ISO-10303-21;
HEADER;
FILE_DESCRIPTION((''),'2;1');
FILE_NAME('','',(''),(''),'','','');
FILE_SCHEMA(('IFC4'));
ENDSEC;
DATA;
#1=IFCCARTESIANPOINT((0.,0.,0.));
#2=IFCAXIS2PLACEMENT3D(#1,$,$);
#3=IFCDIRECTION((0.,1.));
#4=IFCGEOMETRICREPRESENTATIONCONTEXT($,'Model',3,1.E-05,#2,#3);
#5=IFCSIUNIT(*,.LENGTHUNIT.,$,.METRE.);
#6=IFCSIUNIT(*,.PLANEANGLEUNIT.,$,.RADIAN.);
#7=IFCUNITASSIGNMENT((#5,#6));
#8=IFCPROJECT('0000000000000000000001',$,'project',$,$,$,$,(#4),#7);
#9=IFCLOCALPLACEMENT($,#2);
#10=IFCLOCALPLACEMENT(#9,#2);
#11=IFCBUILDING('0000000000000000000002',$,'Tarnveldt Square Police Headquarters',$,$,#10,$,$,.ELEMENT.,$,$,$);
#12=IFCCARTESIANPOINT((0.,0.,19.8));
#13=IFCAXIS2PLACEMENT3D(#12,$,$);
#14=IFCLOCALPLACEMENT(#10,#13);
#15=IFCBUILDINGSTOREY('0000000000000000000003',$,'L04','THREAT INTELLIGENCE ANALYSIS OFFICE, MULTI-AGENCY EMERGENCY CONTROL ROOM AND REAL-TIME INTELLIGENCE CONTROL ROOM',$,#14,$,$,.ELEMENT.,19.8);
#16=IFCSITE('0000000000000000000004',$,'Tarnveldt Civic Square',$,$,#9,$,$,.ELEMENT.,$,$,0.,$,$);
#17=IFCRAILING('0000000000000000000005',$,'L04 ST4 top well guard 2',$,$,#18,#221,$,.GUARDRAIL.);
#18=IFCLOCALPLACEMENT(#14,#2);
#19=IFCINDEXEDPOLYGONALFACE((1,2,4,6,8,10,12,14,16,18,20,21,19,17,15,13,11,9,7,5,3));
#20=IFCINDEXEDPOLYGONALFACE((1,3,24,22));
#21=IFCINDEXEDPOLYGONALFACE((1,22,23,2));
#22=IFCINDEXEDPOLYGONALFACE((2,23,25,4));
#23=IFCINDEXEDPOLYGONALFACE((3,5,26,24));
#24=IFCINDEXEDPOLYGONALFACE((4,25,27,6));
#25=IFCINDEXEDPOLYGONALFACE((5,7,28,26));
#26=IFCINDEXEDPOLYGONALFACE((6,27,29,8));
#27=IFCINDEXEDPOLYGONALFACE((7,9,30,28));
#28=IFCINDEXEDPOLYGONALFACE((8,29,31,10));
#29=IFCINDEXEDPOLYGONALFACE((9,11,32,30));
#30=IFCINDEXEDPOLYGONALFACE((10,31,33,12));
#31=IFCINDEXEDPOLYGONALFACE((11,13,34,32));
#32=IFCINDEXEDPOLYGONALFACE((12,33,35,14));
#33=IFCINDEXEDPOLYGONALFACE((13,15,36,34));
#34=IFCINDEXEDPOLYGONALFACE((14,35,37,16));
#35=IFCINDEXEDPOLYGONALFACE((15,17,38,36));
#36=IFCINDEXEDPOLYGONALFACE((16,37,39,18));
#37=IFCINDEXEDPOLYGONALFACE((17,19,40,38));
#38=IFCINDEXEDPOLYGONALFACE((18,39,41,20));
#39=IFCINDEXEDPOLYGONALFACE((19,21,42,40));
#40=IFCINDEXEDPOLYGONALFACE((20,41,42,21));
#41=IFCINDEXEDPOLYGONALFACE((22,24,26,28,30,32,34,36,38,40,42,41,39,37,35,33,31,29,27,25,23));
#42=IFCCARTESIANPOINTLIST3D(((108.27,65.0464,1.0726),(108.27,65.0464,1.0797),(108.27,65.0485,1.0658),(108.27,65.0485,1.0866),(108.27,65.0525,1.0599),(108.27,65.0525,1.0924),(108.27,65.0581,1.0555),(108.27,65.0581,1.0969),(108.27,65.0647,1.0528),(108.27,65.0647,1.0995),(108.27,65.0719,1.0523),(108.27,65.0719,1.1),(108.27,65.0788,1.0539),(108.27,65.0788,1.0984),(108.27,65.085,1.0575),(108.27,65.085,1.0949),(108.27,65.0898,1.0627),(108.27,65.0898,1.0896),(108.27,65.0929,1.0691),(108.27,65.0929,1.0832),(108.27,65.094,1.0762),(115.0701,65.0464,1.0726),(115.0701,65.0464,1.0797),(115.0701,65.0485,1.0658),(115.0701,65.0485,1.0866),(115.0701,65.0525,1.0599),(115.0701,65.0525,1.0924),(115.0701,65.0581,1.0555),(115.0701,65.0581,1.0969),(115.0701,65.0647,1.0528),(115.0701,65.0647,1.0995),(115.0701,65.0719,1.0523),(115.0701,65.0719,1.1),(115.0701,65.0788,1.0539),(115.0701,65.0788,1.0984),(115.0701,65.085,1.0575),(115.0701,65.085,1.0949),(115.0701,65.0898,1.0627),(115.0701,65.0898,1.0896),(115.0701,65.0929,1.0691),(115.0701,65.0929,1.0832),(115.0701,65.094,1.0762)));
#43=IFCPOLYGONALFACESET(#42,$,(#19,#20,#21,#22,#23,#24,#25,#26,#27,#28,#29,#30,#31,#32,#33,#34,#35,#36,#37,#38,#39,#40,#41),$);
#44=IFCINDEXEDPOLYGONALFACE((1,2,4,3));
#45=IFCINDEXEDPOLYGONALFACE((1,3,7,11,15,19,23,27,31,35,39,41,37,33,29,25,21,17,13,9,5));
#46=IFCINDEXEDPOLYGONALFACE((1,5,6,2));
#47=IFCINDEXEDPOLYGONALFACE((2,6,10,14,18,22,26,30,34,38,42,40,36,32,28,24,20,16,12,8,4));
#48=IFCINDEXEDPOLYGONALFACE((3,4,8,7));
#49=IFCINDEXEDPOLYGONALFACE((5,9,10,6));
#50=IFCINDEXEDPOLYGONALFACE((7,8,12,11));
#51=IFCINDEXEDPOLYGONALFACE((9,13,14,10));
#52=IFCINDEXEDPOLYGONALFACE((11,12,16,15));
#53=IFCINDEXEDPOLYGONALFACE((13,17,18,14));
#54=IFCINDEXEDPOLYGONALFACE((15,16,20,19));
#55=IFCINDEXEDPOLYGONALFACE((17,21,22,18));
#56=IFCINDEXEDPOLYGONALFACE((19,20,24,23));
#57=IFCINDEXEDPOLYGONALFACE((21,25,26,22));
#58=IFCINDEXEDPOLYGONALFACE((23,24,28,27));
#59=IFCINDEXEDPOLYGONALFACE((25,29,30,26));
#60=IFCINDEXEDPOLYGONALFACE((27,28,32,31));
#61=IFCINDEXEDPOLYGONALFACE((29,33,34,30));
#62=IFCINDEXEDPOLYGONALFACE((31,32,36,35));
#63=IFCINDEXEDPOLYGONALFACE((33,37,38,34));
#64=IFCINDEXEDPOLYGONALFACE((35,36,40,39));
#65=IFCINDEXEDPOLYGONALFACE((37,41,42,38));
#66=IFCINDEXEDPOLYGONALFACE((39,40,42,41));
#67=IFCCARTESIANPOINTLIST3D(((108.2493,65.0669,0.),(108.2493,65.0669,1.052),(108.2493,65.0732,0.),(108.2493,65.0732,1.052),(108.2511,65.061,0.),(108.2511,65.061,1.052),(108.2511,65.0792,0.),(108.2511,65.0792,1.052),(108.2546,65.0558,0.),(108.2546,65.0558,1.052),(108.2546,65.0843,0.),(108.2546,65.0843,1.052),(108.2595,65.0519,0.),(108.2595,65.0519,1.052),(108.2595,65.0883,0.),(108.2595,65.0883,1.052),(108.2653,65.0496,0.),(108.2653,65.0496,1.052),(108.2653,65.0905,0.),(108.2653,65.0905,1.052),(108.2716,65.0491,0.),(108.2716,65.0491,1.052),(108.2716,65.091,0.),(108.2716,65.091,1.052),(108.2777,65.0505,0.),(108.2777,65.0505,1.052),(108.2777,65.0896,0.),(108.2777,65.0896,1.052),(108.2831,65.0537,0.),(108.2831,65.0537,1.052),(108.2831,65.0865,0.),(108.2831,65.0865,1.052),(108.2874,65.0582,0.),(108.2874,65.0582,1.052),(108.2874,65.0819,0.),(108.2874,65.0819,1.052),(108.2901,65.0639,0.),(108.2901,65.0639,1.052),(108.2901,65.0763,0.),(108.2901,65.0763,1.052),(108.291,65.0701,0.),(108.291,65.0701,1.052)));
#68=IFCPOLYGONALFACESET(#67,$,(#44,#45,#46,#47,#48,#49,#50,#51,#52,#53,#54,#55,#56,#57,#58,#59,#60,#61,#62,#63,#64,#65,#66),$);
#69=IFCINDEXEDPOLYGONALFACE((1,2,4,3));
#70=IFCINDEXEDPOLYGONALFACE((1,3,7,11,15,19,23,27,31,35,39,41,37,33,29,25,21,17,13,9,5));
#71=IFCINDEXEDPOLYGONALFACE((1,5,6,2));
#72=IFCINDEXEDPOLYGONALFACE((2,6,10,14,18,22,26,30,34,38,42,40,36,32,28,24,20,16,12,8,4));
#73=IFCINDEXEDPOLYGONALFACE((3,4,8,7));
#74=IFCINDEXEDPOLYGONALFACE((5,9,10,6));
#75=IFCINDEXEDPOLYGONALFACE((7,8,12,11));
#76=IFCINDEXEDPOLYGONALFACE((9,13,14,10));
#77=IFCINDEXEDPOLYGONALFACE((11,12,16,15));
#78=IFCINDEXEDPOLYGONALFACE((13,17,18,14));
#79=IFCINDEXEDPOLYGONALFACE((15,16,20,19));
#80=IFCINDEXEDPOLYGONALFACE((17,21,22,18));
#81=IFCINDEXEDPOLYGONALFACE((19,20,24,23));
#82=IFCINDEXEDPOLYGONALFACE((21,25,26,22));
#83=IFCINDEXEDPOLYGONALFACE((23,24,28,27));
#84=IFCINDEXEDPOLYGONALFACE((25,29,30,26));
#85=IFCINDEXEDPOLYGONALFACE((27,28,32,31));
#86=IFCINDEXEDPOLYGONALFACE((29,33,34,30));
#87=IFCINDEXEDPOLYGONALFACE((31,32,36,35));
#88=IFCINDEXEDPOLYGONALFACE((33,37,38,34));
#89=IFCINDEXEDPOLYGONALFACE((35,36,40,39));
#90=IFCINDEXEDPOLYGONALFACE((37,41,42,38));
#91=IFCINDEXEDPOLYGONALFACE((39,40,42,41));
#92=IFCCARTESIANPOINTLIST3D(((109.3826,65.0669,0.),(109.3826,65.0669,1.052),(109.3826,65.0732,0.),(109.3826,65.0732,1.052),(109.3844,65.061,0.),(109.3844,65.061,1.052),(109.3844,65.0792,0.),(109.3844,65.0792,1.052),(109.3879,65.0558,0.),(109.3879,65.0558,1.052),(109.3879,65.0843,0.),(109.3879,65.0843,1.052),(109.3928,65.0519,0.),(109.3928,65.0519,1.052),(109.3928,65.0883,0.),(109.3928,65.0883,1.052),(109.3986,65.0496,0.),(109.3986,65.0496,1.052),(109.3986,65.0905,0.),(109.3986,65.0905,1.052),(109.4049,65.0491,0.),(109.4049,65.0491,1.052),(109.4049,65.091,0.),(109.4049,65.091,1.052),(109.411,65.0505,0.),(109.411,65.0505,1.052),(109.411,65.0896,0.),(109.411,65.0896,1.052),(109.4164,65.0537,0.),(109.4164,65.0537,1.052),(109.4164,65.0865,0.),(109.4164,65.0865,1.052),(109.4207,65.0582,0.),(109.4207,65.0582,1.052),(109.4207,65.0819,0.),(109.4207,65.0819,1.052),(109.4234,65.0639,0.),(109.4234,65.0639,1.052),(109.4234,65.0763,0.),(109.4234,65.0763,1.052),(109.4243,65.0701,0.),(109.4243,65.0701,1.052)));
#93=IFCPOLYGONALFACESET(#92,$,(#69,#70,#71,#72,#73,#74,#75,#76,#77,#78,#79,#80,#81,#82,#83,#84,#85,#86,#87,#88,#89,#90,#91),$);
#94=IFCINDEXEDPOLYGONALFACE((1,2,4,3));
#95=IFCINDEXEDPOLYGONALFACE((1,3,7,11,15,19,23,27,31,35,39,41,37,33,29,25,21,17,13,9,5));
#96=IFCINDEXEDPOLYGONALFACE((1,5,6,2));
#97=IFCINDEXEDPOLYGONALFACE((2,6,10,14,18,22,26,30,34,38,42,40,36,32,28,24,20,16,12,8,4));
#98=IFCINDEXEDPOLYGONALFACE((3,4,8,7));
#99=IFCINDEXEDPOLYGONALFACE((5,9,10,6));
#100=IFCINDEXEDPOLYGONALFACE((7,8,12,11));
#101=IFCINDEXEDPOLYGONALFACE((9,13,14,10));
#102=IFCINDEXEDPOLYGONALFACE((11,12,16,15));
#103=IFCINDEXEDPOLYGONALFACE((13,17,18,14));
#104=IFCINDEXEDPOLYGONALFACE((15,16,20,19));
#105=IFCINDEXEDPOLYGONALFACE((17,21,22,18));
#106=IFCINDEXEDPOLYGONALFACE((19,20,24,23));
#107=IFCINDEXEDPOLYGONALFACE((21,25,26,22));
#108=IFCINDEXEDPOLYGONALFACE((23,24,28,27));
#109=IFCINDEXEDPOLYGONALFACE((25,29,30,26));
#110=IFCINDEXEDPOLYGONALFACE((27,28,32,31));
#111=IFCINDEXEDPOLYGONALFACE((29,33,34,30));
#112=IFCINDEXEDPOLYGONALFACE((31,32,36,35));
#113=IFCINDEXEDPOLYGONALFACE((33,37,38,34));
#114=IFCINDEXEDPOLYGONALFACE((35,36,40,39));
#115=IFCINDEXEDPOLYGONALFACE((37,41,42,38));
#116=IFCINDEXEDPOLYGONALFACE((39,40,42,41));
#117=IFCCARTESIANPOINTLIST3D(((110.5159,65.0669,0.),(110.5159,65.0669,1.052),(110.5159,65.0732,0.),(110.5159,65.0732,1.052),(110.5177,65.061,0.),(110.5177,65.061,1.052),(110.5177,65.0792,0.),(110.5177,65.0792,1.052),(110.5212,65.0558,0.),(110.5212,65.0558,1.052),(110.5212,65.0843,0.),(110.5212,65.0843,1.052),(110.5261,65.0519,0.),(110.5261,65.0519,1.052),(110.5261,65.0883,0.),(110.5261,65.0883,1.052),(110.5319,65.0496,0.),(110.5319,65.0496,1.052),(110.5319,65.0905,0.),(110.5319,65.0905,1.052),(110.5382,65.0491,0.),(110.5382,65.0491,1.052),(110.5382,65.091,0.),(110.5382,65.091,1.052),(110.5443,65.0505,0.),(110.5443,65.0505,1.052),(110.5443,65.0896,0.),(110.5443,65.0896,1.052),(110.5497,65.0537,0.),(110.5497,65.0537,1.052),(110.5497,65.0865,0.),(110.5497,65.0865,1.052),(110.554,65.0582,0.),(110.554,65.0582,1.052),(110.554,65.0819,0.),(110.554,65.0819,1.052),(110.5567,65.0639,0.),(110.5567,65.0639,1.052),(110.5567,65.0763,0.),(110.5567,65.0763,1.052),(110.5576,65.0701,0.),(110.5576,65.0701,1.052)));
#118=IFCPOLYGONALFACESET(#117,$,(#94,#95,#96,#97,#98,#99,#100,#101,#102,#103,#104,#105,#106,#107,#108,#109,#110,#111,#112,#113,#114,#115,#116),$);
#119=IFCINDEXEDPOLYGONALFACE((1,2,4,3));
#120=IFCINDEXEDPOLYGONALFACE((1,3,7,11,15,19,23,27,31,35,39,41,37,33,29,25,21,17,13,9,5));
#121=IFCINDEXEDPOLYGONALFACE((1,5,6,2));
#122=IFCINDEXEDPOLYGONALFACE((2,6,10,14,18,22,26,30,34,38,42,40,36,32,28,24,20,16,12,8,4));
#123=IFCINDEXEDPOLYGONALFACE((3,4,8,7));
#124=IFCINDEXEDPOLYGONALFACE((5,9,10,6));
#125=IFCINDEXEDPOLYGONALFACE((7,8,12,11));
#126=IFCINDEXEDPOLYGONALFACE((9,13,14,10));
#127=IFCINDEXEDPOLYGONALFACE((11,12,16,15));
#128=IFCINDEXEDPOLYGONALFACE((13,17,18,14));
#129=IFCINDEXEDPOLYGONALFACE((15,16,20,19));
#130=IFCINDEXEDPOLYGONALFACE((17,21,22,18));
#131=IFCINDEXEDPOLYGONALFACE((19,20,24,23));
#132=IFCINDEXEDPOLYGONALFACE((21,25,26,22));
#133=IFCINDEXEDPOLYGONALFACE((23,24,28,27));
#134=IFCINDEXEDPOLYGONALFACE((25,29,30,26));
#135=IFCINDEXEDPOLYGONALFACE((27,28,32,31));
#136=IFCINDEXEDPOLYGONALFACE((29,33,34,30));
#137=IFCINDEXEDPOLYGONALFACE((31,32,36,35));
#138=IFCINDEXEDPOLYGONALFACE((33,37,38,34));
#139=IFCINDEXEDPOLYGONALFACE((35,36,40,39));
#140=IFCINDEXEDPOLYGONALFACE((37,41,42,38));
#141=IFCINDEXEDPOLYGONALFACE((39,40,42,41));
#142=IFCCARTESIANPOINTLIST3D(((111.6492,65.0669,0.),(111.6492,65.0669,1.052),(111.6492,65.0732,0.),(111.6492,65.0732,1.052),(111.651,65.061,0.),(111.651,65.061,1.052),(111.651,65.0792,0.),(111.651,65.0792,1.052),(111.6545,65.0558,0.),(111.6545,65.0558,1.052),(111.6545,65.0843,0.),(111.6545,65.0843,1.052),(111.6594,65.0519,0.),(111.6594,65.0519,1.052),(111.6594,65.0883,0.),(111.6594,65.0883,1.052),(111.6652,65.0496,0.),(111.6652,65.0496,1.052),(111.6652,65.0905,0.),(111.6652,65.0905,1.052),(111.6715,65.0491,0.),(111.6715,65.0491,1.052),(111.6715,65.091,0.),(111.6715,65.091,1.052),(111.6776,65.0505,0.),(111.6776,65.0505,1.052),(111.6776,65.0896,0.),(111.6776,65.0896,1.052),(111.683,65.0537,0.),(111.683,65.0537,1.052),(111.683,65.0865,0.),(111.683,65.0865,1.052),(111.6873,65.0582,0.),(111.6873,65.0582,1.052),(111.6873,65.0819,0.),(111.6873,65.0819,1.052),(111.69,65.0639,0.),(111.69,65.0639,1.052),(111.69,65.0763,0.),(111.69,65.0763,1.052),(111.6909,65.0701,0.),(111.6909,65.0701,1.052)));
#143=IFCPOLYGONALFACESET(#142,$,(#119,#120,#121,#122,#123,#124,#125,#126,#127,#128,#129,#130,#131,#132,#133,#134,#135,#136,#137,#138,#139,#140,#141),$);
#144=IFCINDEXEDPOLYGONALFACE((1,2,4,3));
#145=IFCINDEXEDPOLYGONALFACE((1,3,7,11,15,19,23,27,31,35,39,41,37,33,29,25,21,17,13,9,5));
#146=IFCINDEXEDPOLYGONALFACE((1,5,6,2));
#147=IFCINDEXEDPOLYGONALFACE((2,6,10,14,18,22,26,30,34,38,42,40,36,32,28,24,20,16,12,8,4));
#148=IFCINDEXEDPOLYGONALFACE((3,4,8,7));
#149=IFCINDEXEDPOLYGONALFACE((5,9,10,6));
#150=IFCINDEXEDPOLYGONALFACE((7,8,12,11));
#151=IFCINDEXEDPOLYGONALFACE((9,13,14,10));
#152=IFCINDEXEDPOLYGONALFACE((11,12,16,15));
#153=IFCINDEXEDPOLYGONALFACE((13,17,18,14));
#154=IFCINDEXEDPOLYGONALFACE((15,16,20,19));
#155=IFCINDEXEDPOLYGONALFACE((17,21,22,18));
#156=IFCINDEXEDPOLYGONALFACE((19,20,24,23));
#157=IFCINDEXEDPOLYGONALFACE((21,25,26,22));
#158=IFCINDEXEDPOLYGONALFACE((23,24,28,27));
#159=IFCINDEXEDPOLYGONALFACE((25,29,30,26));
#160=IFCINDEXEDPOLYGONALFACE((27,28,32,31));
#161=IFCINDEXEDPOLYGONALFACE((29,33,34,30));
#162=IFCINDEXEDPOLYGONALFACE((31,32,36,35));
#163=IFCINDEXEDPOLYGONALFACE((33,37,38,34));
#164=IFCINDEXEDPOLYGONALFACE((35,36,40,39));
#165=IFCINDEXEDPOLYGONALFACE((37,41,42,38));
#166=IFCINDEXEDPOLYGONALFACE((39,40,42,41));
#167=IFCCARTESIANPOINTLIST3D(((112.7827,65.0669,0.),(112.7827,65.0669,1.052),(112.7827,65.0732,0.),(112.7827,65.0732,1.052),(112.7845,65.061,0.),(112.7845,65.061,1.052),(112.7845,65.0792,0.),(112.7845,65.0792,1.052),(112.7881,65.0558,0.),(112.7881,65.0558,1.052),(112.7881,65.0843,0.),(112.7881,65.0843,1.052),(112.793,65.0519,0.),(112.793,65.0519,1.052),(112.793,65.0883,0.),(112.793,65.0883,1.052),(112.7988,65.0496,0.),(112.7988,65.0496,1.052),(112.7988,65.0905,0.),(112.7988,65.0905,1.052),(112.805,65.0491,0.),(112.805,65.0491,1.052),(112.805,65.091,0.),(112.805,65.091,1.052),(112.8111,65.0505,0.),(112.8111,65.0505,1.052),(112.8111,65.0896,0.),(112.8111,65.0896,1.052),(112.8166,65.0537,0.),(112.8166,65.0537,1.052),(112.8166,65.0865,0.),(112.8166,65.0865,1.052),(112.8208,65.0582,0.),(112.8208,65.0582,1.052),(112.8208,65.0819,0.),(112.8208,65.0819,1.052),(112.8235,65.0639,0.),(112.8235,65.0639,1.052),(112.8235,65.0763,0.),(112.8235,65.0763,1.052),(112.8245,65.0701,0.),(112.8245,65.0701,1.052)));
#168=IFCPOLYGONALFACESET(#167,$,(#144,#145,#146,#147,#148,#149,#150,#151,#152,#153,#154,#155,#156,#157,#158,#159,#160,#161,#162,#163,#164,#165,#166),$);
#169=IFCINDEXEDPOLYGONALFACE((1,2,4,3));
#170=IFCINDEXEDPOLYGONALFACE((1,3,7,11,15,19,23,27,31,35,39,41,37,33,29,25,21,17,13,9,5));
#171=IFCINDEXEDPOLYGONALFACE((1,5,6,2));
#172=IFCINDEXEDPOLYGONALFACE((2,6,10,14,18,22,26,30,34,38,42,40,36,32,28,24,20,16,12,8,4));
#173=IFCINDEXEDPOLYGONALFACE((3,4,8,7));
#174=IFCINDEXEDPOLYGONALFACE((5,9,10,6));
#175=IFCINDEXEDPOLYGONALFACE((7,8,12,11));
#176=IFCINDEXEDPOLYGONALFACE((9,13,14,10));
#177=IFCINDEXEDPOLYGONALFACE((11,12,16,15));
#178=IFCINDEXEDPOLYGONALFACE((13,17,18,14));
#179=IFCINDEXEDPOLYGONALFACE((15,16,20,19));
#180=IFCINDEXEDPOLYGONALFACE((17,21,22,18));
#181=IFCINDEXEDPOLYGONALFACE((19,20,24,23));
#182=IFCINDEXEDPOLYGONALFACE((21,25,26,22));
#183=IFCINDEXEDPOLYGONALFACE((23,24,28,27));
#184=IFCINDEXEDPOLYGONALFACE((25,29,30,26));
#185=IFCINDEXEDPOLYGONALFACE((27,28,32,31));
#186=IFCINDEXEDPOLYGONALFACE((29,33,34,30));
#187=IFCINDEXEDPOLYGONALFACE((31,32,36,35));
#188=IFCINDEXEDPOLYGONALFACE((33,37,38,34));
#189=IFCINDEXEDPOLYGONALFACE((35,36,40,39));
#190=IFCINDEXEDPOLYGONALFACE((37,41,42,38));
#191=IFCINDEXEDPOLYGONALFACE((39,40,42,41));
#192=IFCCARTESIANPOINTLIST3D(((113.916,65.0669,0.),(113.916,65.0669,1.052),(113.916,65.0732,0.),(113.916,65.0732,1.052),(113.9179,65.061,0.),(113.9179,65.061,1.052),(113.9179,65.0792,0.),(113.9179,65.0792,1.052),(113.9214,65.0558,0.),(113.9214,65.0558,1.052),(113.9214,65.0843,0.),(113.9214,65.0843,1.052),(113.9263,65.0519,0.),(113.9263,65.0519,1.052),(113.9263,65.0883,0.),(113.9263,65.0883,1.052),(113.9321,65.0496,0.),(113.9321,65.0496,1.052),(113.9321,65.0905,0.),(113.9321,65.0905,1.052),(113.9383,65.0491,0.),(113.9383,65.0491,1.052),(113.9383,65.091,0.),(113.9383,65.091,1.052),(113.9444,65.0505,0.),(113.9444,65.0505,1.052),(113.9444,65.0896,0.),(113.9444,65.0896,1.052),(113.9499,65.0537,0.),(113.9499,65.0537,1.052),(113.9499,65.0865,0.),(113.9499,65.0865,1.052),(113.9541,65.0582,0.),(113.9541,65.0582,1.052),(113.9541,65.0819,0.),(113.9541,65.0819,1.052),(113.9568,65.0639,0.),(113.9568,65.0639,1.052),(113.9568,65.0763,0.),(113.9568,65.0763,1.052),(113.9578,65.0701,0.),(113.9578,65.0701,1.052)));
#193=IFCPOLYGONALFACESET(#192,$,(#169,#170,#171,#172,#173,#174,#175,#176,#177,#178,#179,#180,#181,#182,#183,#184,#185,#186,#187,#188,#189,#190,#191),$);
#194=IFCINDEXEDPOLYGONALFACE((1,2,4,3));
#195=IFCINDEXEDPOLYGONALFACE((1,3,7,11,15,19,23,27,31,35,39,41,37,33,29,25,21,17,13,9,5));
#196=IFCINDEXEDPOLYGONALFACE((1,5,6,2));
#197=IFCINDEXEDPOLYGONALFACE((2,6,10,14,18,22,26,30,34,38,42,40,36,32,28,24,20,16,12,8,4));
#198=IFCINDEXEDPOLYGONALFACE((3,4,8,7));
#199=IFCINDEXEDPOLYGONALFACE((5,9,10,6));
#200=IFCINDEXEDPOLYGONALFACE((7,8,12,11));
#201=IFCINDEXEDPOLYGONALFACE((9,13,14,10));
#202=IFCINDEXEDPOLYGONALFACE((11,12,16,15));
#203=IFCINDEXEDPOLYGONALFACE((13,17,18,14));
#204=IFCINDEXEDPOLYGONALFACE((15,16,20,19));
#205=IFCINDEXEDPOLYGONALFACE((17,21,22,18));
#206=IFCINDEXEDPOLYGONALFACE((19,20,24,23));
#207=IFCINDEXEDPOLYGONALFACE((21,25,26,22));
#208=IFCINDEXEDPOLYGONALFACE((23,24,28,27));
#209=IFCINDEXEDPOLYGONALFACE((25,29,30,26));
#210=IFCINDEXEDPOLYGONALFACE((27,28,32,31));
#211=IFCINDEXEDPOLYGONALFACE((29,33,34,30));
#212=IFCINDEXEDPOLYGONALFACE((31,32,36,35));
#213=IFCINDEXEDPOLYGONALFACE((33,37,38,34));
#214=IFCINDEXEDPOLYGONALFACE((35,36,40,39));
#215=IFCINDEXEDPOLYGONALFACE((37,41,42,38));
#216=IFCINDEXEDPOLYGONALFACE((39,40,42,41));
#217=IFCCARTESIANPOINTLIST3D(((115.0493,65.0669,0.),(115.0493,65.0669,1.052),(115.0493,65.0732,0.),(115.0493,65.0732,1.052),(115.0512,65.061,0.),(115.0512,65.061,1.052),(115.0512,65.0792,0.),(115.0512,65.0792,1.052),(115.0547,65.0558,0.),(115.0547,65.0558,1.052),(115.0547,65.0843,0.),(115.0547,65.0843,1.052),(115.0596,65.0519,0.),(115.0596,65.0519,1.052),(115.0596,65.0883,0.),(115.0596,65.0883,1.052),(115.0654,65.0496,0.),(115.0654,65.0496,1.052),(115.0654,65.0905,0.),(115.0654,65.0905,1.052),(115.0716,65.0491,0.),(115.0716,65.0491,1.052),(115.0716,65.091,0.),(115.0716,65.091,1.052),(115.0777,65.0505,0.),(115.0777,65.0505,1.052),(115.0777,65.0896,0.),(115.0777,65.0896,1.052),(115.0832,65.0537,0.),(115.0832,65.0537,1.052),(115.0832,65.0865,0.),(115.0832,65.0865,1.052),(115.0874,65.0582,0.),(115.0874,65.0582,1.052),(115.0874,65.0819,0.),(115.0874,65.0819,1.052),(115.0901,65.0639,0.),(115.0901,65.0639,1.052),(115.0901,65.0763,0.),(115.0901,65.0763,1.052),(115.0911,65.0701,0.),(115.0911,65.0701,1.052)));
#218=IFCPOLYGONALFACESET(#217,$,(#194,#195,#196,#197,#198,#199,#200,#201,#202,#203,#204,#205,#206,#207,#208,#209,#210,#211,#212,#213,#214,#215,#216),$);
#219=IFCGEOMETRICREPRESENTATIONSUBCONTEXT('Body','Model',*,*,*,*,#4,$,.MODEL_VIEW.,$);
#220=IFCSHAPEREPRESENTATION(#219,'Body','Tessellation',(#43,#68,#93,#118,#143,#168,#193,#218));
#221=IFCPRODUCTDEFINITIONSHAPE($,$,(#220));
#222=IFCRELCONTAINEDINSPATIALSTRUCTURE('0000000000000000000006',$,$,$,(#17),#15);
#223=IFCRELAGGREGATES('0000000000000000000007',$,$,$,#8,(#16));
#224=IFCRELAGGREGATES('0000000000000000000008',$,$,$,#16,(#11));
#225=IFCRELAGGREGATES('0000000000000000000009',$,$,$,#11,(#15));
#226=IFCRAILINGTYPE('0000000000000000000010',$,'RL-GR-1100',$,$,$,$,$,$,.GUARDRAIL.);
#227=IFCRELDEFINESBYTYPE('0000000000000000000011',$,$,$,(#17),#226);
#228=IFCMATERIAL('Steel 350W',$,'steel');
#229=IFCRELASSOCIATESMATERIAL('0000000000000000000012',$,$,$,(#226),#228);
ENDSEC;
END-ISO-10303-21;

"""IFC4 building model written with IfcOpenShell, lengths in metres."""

from ifc_helpers import new_model, si_unit, direction, frame, origin, origin_2d, place, context, subcontext, project, spatial, circle, extrude, material, type_object, element, save


model = new_model("IFC4")

# Units and contexts
model_context = context("Model", 3, precision=1e-05, world=origin(), true_north=direction((0.0, 1.0)))
body_context = subcontext(model_context, "Body", "Model", "MODEL_VIEW")
ifc_project = project(units=[si_unit("LENGTHUNIT", "METRE"), si_unit("PLANEANGLEUNIT", "RADIAN")], contexts=[model_context])

# Site, building, storey
site_placement = place(None, origin())
site = spatial("IfcSite", under=ifc_project, at=site_placement, Name="Tarnveldt Civic Square", CompositionType="ELEMENT", RefElevation=0.0)
building_placement = place(site_placement, origin())
building = spatial("IfcBuilding", under=site, at=building_placement, Name="Tarnveldt Square Police Headquarters", CompositionType="ELEMENT")
storey_placement = place(building_placement, frame((0.0, 0.0, 19.8)))
storey = spatial("IfcBuildingStorey", under=building, at=storey_placement, Name="L04", Description="THREAT INTELLIGENCE ANALYSIS OFFICE, MULTI-AGENCY EMERGENCY CONTROL ROOM AND REAL-TIME INTELLIGENCE CONTROL ROOM", CompositionType="ELEMENT", Elevation=19.8)

# Shared definitions
ifc_material_1 = material(Name="Steel 350W", Category="steel")

# Railing
railing_type = type_object("IfcRailingType", Name="RL-GR-1100", PredefinedType="GUARDRAIL", material=ifc_material_1)
railing_1_placement = place(storey_placement, frame((108.27, 65.0701, 0.0)))
element("IfcRailing", 1, at=railing_1_placement, inside=storey, type_object=railing_type, Name="L04 ST4 top well guard 2", PredefinedType="GUARDRAIL", context=body_context, shape_type="SweptSolid", body=[
    extrude(circle(Radius=0.0239, at=origin_2d()), frame((0.0, 0.0, 1.0762), z_axis=(1.0, 0.0, 0.0), x_axis=(0.0, 1.0, 0.0)), (0.0, 0.0, 1.0), 6.8),
    extrude(circle(Radius=0.021, at=origin_2d()), origin(), (0.0, 0.0, 1.0), 1.052),
    extrude(circle(Radius=0.021, at=origin_2d()), frame((1.1333, 0.0, 0.0)), (0.0, 0.0, 1.0), 1.052),
    extrude(circle(Radius=0.021, at=origin_2d()), frame((2.2666, 0.0, 0.0)), (0.0, 0.0, 1.0), 1.052),
    extrude(circle(Radius=0.021, at=origin_2d()), frame((3.3999, 0.0, 0.0)), (0.0, 0.0, 1.0), 1.052),
    extrude(circle(Radius=0.021, at=origin_2d()), frame((4.5334, 0.0, 0.0)), (0.0, 0.0, 1.0), 1.052),
    extrude(circle(Radius=0.021, at=origin_2d()), frame((5.6667, 0.0, 0.0)), (0.0, 0.0, 1.0), 1.052),
    extrude(circle(Radius=0.021, at=origin_2d()), frame((6.8, 0.0, 0.0)), (0.0, 0.0, 1.0), 1.052),
])

save(model, "model.ifc")
